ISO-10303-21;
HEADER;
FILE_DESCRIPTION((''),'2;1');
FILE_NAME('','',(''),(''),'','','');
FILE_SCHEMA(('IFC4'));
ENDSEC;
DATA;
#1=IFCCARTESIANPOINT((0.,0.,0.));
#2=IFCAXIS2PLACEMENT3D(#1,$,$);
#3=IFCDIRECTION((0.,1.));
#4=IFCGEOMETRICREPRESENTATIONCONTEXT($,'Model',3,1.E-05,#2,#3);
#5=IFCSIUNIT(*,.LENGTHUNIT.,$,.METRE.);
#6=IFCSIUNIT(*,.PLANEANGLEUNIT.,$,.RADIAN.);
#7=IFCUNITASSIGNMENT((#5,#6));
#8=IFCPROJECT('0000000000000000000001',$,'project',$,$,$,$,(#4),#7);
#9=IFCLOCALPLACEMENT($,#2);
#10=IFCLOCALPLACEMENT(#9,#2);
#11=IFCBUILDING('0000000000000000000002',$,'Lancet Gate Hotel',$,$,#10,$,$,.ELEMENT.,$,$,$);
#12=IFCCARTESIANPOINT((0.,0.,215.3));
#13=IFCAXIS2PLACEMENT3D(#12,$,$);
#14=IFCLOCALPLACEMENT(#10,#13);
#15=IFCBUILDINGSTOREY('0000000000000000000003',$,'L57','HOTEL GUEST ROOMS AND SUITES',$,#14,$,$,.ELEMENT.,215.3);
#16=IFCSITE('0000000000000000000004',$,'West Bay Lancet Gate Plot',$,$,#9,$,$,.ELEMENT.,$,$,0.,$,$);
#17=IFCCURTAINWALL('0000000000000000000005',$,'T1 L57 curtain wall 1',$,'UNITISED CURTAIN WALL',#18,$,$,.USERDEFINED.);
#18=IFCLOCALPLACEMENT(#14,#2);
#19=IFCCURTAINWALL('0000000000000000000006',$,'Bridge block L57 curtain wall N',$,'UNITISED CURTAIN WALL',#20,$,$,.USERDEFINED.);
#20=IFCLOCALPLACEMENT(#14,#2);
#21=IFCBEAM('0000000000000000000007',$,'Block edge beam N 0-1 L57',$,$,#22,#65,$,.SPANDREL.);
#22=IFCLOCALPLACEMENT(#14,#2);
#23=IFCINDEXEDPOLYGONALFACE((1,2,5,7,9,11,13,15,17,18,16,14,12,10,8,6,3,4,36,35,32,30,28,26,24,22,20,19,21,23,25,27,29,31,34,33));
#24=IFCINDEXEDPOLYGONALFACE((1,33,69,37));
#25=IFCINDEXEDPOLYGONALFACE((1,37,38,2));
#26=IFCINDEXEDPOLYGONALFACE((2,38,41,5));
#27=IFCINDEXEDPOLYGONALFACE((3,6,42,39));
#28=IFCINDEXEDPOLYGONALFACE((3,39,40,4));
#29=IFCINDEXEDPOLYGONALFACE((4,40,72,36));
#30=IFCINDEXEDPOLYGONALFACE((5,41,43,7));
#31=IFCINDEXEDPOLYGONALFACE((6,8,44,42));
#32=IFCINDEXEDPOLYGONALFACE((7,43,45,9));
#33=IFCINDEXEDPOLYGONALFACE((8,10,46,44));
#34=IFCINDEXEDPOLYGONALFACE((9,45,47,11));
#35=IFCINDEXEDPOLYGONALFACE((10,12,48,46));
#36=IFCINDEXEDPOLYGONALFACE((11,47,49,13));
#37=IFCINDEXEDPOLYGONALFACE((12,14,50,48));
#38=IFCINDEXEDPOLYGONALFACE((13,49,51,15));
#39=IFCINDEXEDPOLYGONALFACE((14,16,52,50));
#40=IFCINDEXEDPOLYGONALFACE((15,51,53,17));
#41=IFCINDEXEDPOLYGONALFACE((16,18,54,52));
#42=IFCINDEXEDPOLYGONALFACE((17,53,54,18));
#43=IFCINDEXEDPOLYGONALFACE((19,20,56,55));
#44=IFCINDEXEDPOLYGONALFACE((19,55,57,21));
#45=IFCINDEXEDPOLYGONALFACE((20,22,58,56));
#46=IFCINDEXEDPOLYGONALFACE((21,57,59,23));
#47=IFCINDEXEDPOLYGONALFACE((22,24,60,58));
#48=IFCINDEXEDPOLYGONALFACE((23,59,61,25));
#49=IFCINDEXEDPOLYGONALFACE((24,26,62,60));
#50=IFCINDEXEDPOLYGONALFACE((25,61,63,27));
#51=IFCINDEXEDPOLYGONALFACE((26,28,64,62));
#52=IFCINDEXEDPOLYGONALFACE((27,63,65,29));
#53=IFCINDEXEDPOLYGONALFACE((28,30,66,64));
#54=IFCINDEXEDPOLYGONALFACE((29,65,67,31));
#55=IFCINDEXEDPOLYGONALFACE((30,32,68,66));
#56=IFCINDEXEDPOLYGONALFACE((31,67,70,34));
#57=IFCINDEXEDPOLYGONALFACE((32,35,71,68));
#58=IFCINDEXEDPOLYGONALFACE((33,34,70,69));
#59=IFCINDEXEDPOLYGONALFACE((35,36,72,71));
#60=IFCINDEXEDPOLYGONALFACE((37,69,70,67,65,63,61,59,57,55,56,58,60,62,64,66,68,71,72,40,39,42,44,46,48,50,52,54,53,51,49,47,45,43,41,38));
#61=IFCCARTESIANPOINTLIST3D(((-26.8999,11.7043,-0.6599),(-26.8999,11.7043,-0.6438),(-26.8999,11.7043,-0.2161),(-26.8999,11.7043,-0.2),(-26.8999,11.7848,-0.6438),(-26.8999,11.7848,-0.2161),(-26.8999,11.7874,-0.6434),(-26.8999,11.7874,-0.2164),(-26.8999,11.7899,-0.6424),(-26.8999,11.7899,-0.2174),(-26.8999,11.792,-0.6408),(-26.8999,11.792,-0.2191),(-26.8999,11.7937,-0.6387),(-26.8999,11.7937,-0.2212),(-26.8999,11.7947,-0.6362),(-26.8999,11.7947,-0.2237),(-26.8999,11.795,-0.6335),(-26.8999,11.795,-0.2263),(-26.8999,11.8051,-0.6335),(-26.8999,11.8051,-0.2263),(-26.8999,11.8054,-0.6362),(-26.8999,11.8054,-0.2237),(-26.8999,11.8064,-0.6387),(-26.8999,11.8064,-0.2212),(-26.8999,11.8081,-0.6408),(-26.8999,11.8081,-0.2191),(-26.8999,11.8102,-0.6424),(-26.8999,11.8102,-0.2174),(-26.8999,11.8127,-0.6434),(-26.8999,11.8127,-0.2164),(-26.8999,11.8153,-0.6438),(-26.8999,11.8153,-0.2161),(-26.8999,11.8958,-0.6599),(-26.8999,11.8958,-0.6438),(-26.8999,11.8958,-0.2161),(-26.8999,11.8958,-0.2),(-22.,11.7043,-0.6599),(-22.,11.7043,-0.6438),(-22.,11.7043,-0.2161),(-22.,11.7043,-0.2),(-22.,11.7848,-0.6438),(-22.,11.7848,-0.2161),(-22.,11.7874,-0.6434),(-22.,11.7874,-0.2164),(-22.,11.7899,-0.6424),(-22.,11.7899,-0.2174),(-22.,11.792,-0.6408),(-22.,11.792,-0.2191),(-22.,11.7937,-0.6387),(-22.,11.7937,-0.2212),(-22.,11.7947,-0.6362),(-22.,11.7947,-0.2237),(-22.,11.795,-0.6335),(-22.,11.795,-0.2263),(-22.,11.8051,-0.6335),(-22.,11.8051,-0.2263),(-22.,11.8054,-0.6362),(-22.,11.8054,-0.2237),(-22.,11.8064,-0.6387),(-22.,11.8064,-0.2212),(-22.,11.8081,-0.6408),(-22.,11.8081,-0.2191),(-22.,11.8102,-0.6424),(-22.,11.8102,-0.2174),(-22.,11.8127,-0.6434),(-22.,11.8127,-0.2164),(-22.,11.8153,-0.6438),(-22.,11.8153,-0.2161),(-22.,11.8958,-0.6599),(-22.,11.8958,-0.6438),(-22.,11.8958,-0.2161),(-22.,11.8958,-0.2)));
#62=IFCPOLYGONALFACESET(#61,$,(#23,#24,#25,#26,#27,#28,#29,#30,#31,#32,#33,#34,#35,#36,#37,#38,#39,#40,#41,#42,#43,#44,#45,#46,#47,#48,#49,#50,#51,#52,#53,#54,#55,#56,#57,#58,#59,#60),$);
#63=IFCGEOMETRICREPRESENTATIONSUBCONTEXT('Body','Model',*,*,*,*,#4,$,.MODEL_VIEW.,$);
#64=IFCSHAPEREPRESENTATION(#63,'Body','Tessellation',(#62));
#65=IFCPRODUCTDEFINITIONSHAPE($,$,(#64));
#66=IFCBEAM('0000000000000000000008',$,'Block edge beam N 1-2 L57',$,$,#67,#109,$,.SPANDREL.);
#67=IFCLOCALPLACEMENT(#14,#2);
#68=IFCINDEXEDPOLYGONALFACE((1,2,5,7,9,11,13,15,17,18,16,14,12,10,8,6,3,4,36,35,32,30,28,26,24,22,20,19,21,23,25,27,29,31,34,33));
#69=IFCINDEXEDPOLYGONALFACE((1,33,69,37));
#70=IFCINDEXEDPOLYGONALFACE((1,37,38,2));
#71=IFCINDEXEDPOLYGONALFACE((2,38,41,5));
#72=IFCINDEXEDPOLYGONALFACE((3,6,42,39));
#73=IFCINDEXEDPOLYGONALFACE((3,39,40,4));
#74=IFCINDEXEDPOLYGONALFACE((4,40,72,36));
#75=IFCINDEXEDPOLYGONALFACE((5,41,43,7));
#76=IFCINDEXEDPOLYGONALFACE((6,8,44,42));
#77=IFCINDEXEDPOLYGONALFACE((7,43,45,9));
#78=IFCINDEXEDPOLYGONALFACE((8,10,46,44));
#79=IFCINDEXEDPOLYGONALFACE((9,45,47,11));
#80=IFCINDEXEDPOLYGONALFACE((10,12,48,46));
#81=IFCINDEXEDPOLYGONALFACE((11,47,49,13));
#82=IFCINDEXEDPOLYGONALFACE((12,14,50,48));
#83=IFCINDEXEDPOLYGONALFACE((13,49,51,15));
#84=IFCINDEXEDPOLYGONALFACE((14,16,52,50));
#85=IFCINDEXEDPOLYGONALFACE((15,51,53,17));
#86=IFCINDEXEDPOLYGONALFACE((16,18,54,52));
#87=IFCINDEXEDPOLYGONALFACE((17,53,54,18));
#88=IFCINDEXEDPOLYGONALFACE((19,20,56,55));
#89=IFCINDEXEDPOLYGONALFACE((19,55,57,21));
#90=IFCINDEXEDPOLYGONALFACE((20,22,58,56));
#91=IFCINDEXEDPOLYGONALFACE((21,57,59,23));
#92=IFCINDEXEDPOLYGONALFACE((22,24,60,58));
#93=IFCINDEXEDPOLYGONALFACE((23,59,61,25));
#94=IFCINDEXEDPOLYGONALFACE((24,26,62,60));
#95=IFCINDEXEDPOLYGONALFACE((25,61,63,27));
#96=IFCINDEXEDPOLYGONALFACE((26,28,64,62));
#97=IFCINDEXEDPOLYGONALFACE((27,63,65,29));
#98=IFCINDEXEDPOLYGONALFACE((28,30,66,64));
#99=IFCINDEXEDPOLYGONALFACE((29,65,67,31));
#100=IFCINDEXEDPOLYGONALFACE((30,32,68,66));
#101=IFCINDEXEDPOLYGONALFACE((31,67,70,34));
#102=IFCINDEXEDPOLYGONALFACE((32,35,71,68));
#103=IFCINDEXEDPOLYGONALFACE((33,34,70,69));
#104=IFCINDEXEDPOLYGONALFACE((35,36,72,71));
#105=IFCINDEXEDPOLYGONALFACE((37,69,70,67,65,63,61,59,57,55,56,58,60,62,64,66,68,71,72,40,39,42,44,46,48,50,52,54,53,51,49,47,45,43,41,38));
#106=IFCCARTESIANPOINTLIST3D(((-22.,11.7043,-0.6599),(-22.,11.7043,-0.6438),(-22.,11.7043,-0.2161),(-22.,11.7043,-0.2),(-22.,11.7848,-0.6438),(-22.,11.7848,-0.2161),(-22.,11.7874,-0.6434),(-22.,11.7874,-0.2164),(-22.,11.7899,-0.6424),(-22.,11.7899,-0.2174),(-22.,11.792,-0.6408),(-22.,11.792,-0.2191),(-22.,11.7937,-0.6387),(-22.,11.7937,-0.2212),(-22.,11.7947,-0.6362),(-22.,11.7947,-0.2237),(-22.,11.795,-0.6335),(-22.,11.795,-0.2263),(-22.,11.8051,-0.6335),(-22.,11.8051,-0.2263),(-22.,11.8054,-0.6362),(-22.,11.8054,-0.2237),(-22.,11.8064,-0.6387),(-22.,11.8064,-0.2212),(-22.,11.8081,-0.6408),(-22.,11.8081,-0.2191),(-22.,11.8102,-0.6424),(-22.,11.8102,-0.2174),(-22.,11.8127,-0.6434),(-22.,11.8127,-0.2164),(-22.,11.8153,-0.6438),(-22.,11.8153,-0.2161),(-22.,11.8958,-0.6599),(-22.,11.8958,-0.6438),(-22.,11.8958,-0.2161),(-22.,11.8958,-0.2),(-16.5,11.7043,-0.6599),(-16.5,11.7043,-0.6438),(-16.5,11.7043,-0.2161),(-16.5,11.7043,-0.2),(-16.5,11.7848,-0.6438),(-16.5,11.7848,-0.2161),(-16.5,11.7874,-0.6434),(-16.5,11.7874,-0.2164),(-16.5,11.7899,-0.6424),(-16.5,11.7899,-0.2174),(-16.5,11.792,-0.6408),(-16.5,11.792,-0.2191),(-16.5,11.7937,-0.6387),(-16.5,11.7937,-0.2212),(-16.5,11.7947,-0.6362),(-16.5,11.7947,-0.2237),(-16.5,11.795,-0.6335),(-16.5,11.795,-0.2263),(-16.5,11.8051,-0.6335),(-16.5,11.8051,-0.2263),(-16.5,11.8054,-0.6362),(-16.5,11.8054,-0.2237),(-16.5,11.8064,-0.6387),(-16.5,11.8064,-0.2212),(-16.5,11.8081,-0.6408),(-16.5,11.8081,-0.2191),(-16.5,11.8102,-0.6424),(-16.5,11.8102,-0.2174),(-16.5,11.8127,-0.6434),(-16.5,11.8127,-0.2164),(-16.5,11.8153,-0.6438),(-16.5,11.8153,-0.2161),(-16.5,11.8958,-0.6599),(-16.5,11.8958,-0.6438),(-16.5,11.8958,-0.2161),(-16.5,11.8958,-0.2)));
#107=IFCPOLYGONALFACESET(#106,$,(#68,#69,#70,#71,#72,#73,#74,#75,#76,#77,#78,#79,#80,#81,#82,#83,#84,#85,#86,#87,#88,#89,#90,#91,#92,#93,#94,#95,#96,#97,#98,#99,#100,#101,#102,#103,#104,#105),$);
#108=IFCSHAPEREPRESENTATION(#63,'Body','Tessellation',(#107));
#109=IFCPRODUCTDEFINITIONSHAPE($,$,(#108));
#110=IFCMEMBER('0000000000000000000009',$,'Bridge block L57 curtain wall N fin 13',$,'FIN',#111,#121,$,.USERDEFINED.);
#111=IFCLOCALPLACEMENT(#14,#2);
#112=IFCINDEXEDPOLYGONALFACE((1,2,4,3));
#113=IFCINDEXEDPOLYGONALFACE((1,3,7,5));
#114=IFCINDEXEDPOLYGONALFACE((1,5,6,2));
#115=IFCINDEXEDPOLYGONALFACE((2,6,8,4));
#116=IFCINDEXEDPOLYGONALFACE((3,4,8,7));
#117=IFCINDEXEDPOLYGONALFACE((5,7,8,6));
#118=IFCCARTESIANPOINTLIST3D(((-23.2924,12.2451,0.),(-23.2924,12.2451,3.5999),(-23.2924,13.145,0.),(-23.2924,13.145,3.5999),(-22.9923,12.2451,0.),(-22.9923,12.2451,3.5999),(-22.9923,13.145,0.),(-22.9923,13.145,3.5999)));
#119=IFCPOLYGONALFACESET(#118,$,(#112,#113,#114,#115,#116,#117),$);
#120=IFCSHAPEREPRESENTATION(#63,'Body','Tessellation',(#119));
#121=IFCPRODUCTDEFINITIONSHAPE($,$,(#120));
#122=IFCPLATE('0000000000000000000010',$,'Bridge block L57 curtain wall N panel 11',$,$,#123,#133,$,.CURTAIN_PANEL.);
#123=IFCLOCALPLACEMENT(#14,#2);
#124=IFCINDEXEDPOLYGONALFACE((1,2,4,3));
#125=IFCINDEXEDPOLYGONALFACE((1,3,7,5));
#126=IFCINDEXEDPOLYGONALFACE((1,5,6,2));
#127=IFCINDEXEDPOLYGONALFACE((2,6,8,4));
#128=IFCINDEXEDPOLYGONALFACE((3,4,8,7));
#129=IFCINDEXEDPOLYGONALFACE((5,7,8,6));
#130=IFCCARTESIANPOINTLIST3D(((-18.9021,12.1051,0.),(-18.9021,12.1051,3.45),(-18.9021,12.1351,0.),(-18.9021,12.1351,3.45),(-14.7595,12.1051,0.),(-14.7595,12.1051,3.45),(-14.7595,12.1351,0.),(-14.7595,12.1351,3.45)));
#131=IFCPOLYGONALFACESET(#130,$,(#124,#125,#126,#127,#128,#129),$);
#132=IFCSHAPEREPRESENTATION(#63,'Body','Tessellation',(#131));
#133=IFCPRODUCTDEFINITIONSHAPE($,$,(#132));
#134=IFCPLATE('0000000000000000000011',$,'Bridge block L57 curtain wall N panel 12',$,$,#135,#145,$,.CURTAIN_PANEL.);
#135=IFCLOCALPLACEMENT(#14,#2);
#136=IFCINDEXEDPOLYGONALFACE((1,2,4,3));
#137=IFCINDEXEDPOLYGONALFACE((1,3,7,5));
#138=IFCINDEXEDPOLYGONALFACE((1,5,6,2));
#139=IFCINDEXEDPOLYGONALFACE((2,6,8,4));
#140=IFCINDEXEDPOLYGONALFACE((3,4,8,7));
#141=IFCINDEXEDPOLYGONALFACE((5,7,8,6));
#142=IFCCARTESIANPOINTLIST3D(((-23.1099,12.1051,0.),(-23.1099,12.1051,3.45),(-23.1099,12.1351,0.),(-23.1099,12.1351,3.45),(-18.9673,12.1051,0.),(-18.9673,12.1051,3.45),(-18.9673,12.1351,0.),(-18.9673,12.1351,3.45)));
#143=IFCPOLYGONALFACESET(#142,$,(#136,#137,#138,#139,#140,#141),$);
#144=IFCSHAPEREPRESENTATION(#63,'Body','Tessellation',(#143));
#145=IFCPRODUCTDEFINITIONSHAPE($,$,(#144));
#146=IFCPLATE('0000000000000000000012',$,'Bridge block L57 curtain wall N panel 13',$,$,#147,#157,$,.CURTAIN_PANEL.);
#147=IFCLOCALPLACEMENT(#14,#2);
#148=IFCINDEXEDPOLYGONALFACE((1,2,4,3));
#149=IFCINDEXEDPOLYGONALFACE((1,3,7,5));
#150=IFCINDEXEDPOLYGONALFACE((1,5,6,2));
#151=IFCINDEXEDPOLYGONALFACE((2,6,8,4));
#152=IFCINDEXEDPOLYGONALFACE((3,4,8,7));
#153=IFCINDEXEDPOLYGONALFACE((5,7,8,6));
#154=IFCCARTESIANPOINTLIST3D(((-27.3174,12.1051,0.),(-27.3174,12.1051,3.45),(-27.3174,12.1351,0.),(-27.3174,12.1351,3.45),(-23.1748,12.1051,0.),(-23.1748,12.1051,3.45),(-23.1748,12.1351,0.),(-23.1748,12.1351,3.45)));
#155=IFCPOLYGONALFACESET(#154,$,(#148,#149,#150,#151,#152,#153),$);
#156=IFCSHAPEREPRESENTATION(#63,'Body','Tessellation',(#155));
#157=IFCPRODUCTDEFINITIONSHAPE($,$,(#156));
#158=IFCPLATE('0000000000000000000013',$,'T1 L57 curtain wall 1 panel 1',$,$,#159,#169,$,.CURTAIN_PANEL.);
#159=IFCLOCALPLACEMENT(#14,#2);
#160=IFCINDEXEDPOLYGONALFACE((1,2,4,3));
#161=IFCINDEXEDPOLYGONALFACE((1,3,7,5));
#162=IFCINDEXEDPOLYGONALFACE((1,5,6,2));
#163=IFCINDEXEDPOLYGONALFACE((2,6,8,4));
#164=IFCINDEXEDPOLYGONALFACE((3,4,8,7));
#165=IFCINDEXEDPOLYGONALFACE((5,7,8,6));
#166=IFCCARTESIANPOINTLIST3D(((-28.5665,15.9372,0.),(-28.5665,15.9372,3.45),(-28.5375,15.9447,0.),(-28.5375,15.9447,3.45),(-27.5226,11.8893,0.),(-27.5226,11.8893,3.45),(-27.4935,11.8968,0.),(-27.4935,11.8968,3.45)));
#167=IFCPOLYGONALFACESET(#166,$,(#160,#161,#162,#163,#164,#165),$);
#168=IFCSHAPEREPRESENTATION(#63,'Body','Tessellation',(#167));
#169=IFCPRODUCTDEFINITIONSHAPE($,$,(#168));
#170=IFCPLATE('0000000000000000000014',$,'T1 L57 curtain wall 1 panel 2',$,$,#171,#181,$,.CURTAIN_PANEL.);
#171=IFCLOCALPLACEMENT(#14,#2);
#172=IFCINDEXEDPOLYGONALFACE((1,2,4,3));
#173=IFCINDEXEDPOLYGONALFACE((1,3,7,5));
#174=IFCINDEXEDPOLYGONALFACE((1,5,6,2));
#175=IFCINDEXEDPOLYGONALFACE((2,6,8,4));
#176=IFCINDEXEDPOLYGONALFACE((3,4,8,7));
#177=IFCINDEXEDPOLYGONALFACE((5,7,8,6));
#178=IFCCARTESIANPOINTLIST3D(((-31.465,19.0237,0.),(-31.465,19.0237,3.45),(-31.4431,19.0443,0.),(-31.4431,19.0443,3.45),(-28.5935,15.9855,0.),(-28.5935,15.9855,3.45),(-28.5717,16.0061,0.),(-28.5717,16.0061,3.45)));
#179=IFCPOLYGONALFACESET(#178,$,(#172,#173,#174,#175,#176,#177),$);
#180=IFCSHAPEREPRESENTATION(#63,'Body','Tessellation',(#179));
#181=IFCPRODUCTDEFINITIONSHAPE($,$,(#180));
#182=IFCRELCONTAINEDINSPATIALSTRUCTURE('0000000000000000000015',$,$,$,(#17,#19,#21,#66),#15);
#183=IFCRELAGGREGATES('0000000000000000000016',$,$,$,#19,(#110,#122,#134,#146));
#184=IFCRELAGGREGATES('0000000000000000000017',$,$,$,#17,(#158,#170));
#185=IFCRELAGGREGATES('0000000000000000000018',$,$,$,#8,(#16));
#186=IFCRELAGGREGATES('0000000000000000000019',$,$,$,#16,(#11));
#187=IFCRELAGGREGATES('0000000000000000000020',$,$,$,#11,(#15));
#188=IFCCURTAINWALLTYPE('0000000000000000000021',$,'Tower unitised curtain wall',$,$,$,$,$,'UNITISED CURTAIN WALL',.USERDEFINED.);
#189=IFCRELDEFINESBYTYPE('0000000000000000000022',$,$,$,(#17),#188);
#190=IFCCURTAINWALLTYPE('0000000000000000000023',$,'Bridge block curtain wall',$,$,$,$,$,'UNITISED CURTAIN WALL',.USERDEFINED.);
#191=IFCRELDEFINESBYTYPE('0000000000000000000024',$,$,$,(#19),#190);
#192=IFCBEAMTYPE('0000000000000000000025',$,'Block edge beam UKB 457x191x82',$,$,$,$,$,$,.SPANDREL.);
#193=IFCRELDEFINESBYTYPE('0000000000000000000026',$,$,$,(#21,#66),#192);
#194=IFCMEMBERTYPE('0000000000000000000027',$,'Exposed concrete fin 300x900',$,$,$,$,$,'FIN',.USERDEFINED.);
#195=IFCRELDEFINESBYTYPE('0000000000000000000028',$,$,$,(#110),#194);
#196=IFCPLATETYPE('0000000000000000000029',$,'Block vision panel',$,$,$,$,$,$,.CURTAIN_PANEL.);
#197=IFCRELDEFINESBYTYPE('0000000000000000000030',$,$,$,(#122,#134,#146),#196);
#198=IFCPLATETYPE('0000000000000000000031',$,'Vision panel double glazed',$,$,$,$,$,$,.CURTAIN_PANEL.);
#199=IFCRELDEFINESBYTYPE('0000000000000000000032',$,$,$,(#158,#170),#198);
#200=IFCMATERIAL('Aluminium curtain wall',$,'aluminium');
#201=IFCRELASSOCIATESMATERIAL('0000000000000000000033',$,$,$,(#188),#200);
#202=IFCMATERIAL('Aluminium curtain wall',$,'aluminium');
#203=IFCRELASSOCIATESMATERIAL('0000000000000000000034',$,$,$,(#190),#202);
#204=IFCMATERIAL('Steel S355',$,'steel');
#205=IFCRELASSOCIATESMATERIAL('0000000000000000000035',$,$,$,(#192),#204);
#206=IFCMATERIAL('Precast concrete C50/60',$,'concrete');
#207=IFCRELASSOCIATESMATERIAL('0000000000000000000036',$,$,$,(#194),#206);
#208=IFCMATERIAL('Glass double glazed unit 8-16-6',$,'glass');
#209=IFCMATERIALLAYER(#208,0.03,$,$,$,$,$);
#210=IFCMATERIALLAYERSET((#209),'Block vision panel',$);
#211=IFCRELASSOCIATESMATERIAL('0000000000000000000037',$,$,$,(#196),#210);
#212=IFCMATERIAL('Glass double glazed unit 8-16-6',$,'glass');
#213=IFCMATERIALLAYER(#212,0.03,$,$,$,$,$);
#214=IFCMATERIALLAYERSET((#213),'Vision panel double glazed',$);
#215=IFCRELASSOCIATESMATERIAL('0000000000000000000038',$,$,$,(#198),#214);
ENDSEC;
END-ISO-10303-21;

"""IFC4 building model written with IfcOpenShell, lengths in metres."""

from ifc_helpers import new_model, si_unit, direction, frame, origin, origin_2d, place, context, subcontext, project, spatial, rectangle, i_section, extrude, material, layer, layer_set, material_profile, profile_set, type_object, element, aggregate, save


model = new_model("IFC4")

# Units and contexts
model_context = context("Model", 3, precision=1e-05, world=origin(), true_north=direction((0.0, 1.0)))
body_context = subcontext(model_context, "Body", "Model", "MODEL_VIEW")
ifc_project = project(units=[si_unit("LENGTHUNIT", "METRE"), si_unit("PLANEANGLEUNIT", "RADIAN")], contexts=[model_context])

# Site, building, storey
site_placement = place(None, origin())
site = spatial("IfcSite", under=ifc_project, at=site_placement, Name="West Bay Lancet Gate Plot", CompositionType="ELEMENT", RefElevation=0.0)
building_placement = place(site_placement, origin())
building = spatial("IfcBuilding", under=site, at=building_placement, Name="Lancet Gate Hotel", CompositionType="ELEMENT")
storey_placement = place(building_placement, frame((0.0, 0.0, 215.3)))
storey = spatial("IfcBuildingStorey", under=building, at=storey_placement, Name="L57", Description="HOTEL GUEST ROOMS AND SUITES", CompositionType="ELEMENT", Elevation=215.3)

# Curtain walls
ifc_material_1 = material(Name="Aluminium curtain wall", Category="aluminium")
curtain_wall_type_1 = type_object("IfcCurtainWallType", Name="Tower unitised curtain wall", ElementType="UNITISED CURTAIN WALL", PredefinedType="USERDEFINED", material=ifc_material_1)
curtain_wall_1_placement = place(storey_placement, origin())
curtain_wall_1 = element("IfcCurtainWall", 1, at=curtain_wall_1_placement, inside=storey, type_object=curtain_wall_type_1, Name="T1 L57 curtain wall 1", ObjectType="UNITISED CURTAIN WALL", PredefinedType="USERDEFINED")
ifc_material_2 = material(Name="Aluminium curtain wall", Category="aluminium")
curtain_wall_type_2 = type_object("IfcCurtainWallType", Name="Bridge block curtain wall", ElementType="UNITISED CURTAIN WALL", PredefinedType="USERDEFINED", material=ifc_material_2)
curtain_wall_2_placement = place(storey_placement, origin())
curtain_wall_2 = element("IfcCurtainWall", 2, at=curtain_wall_2_placement, inside=storey, type_object=curtain_wall_type_2, Name="Bridge block L57 curtain wall N", ObjectType="UNITISED CURTAIN WALL", PredefinedType="USERDEFINED")

# Beams
ifc_material_3 = material(Name="Steel S355", Category="steel")
ifc_material_profile_1 = material_profile(ifc_material_3, i_section(OverallWidth=0.1914, OverallDepth=0.46, WebThickness=0.01, FlangeThickness=0.0161, FilletRadius=0.0103, at=origin_2d()), Name="UKB 457x191x82")
ifc_profile_set_1 = profile_set([ifc_material_profile_1], Name="Steel S355")
beam_type = type_object("IfcBeamType", Name="Block edge beam UKB 457x191x82", PredefinedType="SPANDREL", material=ifc_profile_set_1)
beam_1_placement = place(storey_placement, frame((-26.8999, 11.8, -0.4299), z_axis=(1.0, 0.0, 0.0), x_axis=(0.0, 1.0, 0.0)))
element("IfcBeam", 3, at=beam_1_placement, inside=storey, type_object=beam_type, Name="Block edge beam N 0-1 L57", PredefinedType="SPANDREL", context=body_context, shape_type="SweptSolid", body=[
    extrude(i_section(OverallWidth=0.1914, OverallDepth=0.46, WebThickness=0.01, FlangeThickness=0.0161, FilletRadius=0.0103, at=origin_2d()), origin(), (0.0, 0.0, 1.0), 4.8999),
])
beam_2_placement = place(storey_placement, frame((-22.0, 11.8, -0.4299), z_axis=(1.0, 0.0, 0.0), x_axis=(0.0, 1.0, 0.0)))
element("IfcBeam", 4, at=beam_2_placement, inside=storey, type_object=beam_type, Name="Block edge beam N 1-2 L57", PredefinedType="SPANDREL", context=body_context, shape_type="SweptSolid", body=[
    extrude(i_section(OverallWidth=0.1914, OverallDepth=0.46, WebThickness=0.01, FlangeThickness=0.0161, FilletRadius=0.0103, at=origin_2d()), origin(), (0.0, 0.0, 1.0), 5.5),
])

# Member
ifc_material_4 = material(Name="Precast concrete C50/60", Category="concrete")
ifc_material_profile_2 = material_profile(ifc_material_4, rectangle(XDim=0.3, YDim=0.8999, at=origin_2d()), Name="FIN 300x900")
ifc_profile_set_2 = profile_set([ifc_material_profile_2], Name="Precast concrete C50/60")
member_type_1 = type_object("IfcMemberType", Name="Exposed concrete fin 300x900", ElementType="FIN", PredefinedType="USERDEFINED", material=ifc_profile_set_2)
member_1_placement = place(storey_placement, frame((-23.1423, 12.6951, 0.0), z_axis=(0.0, 0.0, 1.0), x_axis=(-1.0, 0.0, 0.0)))
member_1 = element("IfcMember", 5, at=member_1_placement, type_object=member_type_1, Name="Bridge block L57 curtain wall N fin 13", ObjectType="FIN", PredefinedType="USERDEFINED", context=body_context, shape_type="SweptSolid", body=[
    extrude(rectangle(XDim=0.3, YDim=0.8999, at=origin_2d()), origin(), (0.0, 0.0, 1.0), 3.5999),
])

# Plates
ifc_material_5 = material(Name="Glass double glazed unit 8-16-6", Category="glass")
ifc_layer_1 = layer(ifc_material_5, 0.03)
ifc_layer_set_1 = layer_set([ifc_layer_1], Name="Block vision panel")
plate_type_1 = type_object("IfcPlateType", Name="Block vision panel", PredefinedType="CURTAIN_PANEL", material=ifc_layer_set_1)
plate_1_placement = place(storey_placement, frame((-16.8308, 12.1201, 0.0), z_axis=(0.0, 0.0, 1.0), x_axis=(-1.0, 0.0, 0.0)))
plate_1 = element("IfcPlate", 6, at=plate_1_placement, type_object=plate_type_1, Name="Bridge block L57 curtain wall N panel 11", PredefinedType="CURTAIN_PANEL", context=body_context, shape_type="SweptSolid", body=[
    extrude(rectangle(XDim=4.1426, YDim=0.03, at=origin_2d()), origin(), (0.0, 0.0, 1.0), 3.45),
])
plate_2_placement = place(storey_placement, frame((-21.0386, 12.1201, 0.0), z_axis=(0.0, 0.0, 1.0), x_axis=(-1.0, 0.0, 0.0)))
plate_2 = element("IfcPlate", 7, at=plate_2_placement, type_object=plate_type_1, Name="Bridge block L57 curtain wall N panel 12", PredefinedType="CURTAIN_PANEL", context=body_context, shape_type="SweptSolid", body=[
    extrude(rectangle(XDim=4.1426, YDim=0.03, at=origin_2d()), origin(), (0.0, 0.0, 1.0), 3.45),
])
plate_3_placement = place(storey_placement, frame((-25.2461, 12.1201, 0.0), z_axis=(0.0, 0.0, 1.0), x_axis=(-1.0, 0.0, 0.0)))
plate_3 = element("IfcPlate", 8, at=plate_3_placement, type_object=plate_type_1, Name="Bridge block L57 curtain wall N panel 13", PredefinedType="CURTAIN_PANEL", context=body_context, shape_type="SweptSolid", body=[
    extrude(rectangle(XDim=4.1426, YDim=0.03, at=origin_2d()), origin(), (0.0, 0.0, 1.0), 3.45),
])
aggregate(curtain_wall_2, [member_1, plate_1, plate_2, plate_3])
ifc_material_6 = material(Name="Glass double glazed unit 8-16-6", Category="glass")
ifc_layer_2 = layer(ifc_material_6, 0.03)
ifc_layer_set_2 = layer_set([ifc_layer_2], Name="Vision panel double glazed")
plate_type_2 = type_object("IfcPlateType", Name="Vision panel double glazed", PredefinedType="CURTAIN_PANEL", material=ifc_layer_set_2)
plate_4_placement = place(storey_placement, frame((-28.03, 13.917, 0.0), z_axis=(0.0, 0.0, 1.0), x_axis=(-0.249726, 0.968317, 0.0)))
plate_4 = element("IfcPlate", 9, at=plate_4_placement, type_object=plate_type_2, Name="T1 L57 curtain wall 1 panel 1", PredefinedType="CURTAIN_PANEL", context=body_context, shape_type="SweptSolid", body=[
    extrude(rectangle(XDim=4.1804, YDim=0.03, at=origin_2d()), origin(), (0.0, 0.0, 1.0), 3.45),
])
plate_5_placement = place(storey_placement, frame((-30.0183, 17.5149, 0.0), z_axis=(0.0, 0.0, 1.0), x_axis=(-0.686883, 0.726768, 0.0)))
plate_5 = element("IfcPlate", 10, at=plate_5_placement, type_object=plate_type_2, Name="T1 L57 curtain wall 1 panel 2", PredefinedType="CURTAIN_PANEL", context=body_context, shape_type="SweptSolid", body=[
    extrude(rectangle(XDim=4.1804, YDim=0.03, at=origin_2d()), origin(), (0.0, 0.0, 1.0), 3.45),
])
aggregate(curtain_wall_1, [plate_4, plate_5])

save(model, "model.ifc")
